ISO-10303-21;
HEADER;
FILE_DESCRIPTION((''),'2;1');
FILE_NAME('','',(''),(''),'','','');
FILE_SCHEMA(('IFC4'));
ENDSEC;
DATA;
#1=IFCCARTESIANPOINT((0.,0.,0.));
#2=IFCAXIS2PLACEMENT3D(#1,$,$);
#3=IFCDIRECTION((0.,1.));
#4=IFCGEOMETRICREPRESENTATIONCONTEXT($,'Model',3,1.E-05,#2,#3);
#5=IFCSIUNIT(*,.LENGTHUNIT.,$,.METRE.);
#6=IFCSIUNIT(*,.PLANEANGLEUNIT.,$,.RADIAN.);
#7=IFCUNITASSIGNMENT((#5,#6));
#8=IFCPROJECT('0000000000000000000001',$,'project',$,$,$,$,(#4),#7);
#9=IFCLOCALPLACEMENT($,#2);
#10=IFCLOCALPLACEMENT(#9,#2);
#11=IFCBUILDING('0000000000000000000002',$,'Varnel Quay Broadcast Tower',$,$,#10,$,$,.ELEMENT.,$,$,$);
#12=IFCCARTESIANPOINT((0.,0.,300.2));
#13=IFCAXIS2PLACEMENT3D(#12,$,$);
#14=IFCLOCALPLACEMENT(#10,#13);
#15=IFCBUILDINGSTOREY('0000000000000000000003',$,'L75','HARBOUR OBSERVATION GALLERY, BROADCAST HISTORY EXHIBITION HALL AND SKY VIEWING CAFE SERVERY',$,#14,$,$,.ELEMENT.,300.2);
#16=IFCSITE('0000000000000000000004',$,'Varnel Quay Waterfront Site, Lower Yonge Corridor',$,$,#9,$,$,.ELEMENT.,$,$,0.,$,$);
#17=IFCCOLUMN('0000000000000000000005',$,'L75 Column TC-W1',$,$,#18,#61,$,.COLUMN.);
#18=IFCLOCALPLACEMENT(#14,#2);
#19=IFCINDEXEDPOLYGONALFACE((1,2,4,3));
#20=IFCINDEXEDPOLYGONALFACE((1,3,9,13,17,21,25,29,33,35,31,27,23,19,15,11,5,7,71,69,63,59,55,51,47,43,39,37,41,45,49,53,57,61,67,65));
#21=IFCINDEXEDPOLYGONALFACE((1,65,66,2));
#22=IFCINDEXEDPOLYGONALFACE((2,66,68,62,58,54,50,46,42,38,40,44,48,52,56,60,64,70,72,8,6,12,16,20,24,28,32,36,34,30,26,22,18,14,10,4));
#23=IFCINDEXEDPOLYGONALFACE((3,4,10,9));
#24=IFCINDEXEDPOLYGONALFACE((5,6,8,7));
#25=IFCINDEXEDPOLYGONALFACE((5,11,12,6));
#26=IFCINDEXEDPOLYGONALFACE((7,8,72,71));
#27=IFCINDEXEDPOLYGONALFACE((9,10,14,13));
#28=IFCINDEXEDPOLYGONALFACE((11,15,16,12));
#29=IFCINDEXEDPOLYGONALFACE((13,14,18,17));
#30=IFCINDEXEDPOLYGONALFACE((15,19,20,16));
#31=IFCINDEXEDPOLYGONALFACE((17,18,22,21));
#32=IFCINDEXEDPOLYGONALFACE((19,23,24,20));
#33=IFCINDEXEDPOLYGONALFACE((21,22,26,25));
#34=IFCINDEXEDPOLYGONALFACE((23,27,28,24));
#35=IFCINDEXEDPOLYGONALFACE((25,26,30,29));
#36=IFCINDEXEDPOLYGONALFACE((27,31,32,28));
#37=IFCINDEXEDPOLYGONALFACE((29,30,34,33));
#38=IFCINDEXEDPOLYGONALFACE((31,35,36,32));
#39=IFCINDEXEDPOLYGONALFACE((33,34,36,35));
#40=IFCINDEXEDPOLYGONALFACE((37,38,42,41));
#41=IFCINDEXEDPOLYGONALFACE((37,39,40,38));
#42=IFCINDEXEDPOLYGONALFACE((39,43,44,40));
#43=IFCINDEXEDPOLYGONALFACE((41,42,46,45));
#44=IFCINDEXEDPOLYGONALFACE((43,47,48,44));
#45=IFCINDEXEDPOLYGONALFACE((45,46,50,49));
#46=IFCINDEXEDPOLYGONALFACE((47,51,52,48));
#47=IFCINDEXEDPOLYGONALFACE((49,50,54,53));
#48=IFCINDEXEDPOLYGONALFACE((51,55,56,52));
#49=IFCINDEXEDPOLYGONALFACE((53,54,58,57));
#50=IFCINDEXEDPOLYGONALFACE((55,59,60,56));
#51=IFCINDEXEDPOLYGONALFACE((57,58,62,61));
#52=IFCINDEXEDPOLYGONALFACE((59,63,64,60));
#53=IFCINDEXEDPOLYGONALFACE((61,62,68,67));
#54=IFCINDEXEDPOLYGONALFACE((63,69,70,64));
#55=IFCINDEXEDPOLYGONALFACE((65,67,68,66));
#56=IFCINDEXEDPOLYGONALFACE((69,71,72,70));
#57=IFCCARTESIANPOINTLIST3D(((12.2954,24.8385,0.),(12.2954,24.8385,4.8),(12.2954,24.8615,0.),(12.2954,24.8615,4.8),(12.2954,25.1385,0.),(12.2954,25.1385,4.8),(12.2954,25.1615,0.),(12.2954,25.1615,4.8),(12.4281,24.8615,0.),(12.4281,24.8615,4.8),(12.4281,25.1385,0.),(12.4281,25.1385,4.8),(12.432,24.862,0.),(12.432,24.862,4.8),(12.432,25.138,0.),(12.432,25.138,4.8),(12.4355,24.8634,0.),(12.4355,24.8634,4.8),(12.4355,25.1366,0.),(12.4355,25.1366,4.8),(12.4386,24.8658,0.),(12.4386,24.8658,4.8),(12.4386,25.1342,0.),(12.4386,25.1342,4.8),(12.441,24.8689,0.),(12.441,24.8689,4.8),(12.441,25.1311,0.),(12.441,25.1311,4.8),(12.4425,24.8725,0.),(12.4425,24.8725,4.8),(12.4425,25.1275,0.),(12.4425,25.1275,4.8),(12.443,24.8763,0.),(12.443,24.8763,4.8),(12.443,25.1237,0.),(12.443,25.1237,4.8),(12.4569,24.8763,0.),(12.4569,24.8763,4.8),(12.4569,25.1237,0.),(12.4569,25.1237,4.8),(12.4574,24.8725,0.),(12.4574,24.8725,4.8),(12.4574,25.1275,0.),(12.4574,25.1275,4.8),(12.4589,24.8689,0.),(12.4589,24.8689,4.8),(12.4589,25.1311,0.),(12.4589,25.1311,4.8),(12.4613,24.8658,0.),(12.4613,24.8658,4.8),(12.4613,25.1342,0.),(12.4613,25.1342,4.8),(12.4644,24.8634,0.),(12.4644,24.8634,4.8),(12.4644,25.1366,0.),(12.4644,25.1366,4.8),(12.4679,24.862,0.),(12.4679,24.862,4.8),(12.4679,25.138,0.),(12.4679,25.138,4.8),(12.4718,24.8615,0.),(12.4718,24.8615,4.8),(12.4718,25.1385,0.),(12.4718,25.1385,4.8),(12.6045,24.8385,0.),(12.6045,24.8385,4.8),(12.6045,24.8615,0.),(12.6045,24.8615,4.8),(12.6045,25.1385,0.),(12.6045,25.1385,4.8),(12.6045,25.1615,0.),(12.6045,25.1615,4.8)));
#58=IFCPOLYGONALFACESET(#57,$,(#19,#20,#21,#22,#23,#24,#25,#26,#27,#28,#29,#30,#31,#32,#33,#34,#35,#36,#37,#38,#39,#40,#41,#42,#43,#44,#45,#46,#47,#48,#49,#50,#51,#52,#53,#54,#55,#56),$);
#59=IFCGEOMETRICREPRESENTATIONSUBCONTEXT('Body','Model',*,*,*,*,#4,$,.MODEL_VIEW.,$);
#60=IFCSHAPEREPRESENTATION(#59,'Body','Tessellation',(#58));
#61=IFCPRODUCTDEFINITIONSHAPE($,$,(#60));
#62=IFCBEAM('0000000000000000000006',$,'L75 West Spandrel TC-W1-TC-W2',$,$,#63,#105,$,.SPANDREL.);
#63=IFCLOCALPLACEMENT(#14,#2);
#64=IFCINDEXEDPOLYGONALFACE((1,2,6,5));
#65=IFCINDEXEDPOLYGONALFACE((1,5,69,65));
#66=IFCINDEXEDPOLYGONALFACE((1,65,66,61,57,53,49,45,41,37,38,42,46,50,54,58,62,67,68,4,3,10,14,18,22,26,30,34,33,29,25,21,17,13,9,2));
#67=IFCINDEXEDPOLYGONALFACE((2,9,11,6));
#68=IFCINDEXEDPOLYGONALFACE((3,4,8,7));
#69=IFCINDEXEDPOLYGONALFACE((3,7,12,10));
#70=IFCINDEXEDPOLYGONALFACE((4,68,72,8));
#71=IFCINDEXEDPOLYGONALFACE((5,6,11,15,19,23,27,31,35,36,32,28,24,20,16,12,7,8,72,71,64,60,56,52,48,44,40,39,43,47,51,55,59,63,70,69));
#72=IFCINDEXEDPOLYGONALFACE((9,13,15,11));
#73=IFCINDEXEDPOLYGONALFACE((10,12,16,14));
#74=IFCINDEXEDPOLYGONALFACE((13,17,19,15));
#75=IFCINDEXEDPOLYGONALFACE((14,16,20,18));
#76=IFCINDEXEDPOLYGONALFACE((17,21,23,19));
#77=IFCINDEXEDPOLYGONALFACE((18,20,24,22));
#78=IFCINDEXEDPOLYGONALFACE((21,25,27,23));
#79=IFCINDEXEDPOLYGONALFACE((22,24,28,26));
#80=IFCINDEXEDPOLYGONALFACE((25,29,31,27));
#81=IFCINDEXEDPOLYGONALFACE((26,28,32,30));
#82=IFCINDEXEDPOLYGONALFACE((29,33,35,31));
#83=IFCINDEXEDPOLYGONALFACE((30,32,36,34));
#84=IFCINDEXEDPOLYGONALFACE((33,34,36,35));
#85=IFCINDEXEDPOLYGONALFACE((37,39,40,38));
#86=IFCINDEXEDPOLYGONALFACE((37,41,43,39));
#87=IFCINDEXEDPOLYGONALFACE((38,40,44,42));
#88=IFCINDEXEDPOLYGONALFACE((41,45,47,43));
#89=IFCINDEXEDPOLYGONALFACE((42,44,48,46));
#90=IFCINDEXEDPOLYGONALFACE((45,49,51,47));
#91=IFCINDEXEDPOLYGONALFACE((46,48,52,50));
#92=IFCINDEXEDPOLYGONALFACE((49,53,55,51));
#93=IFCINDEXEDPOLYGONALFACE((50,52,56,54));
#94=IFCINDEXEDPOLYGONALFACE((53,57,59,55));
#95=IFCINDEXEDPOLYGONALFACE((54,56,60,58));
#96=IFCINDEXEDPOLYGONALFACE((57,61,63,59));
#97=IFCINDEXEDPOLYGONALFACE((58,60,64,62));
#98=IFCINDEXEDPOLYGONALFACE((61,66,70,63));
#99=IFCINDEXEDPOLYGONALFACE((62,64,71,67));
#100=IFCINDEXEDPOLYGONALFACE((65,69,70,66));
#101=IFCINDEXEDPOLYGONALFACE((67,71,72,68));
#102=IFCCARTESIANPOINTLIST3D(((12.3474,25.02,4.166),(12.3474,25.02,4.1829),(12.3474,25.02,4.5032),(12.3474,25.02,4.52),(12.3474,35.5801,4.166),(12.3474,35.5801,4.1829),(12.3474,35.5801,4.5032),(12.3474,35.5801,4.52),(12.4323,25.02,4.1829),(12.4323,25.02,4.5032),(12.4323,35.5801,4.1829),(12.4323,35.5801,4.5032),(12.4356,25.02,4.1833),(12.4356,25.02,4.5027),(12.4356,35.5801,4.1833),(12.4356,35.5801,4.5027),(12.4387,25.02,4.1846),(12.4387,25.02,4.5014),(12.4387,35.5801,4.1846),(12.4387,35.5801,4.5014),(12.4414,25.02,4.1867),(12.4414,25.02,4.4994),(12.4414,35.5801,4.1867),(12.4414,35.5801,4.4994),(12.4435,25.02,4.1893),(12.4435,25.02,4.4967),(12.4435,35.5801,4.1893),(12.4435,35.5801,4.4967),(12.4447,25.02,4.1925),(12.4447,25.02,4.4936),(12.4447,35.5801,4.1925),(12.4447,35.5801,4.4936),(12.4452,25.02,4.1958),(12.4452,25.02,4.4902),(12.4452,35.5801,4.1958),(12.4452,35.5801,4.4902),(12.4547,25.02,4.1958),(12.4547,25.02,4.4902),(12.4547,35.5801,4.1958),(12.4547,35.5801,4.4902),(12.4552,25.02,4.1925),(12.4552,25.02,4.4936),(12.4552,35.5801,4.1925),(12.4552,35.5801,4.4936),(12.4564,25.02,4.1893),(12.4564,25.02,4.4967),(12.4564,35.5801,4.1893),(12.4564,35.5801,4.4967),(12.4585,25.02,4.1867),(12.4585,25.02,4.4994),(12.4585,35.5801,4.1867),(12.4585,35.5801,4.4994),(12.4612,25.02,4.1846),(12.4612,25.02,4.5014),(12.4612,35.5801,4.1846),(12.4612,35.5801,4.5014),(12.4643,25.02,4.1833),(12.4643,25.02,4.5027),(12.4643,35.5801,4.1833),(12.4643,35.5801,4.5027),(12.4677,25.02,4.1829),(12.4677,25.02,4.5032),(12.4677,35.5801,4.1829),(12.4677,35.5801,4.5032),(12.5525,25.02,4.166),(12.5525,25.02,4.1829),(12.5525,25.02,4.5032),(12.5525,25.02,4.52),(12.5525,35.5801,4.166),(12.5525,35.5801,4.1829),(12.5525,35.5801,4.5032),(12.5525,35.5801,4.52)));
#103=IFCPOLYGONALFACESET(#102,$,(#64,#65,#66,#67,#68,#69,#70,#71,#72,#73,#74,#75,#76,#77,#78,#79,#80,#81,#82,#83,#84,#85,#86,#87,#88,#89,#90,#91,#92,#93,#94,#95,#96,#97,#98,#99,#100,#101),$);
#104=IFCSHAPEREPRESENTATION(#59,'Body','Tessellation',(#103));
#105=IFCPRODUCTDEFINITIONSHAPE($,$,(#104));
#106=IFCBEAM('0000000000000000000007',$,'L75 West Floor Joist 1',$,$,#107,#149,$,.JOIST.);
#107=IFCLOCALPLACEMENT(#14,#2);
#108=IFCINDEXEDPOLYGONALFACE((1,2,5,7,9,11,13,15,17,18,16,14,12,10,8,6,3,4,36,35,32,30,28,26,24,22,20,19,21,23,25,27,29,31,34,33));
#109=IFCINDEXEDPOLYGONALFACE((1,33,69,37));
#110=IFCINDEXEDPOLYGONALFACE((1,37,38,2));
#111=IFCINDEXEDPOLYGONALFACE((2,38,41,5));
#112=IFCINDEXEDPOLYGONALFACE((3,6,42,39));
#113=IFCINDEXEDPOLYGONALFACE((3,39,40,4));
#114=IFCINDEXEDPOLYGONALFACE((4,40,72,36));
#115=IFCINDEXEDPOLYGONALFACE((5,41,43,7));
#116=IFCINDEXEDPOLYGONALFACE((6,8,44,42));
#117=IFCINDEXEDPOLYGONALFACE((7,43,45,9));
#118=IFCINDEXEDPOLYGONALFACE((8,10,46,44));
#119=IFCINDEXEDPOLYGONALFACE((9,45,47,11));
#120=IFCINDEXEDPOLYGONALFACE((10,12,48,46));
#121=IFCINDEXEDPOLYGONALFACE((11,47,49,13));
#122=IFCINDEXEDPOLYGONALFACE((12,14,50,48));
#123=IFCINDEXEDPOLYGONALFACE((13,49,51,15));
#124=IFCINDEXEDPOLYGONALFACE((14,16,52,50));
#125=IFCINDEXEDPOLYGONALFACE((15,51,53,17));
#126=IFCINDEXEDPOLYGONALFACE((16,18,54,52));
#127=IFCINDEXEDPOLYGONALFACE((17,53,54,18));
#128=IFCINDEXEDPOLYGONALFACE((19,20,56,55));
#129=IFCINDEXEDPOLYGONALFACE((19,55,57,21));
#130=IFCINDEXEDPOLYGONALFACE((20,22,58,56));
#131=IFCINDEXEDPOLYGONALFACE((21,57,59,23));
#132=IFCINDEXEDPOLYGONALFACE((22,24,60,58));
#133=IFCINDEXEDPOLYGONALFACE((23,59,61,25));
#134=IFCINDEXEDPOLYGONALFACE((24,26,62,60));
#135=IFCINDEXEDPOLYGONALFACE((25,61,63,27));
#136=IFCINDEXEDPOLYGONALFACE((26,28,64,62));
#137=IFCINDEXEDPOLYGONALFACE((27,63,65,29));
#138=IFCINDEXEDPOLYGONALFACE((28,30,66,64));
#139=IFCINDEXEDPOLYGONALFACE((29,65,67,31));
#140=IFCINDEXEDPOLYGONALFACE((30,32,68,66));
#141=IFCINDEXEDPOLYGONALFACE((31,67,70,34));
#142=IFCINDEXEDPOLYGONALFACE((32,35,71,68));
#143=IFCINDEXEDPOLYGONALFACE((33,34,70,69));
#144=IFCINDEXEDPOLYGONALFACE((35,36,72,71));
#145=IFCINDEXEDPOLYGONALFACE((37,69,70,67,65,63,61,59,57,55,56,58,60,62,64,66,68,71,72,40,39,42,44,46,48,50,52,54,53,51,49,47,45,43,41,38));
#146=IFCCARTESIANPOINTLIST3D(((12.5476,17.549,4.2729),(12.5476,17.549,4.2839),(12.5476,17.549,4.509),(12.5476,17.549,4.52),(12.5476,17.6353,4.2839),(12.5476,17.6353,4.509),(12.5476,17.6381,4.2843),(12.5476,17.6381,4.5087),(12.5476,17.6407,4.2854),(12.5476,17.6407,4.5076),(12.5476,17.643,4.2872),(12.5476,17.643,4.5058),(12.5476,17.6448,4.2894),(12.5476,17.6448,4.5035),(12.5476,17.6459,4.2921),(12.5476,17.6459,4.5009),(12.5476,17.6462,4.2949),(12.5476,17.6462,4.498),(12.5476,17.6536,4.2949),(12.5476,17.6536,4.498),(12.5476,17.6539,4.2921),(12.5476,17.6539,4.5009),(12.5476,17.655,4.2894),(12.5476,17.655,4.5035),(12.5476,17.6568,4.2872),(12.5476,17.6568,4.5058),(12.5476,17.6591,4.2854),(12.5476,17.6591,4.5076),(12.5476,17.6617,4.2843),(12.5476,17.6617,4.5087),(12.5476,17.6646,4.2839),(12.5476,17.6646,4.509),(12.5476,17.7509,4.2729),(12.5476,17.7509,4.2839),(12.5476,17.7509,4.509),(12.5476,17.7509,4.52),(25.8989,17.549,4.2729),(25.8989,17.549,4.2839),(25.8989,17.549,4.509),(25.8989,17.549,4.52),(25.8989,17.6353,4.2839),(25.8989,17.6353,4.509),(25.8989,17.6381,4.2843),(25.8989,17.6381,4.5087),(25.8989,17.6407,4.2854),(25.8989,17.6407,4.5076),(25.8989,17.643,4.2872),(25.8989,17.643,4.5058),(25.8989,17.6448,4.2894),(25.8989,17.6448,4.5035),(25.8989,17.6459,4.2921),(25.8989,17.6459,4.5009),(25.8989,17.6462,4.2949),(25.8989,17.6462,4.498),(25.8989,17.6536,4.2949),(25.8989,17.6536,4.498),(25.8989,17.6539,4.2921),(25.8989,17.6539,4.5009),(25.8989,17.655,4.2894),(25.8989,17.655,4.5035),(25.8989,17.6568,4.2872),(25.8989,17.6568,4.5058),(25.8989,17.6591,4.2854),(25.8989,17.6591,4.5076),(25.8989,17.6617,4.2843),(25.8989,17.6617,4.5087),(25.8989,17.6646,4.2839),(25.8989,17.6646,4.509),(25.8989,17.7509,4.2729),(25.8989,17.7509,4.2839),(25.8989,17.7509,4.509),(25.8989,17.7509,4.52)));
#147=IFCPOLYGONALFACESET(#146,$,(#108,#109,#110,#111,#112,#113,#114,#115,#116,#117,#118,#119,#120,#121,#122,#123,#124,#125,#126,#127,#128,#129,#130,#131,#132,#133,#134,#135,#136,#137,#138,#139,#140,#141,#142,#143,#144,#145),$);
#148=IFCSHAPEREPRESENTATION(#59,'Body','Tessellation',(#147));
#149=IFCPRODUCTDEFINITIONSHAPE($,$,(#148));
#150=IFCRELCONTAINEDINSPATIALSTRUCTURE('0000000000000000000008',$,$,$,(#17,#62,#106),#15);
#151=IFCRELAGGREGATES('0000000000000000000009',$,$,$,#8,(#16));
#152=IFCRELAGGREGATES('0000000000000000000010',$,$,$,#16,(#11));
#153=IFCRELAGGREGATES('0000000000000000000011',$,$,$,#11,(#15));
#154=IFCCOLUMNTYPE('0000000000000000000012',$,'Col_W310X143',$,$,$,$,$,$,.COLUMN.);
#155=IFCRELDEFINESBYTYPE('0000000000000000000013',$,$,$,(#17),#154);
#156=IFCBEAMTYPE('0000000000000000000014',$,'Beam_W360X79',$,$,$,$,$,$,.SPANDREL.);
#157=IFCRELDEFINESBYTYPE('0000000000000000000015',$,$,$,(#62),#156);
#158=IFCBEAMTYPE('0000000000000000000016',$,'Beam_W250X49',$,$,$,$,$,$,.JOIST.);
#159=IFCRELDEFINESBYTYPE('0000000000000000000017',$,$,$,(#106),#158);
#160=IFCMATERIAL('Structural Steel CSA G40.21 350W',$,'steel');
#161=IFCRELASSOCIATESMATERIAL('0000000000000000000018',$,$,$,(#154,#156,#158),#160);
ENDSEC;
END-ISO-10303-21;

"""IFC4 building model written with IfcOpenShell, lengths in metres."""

from ifc_helpers import new_model, si_unit, direction, frame, origin, origin_2d, place, context, subcontext, project, spatial, i_section, extrude, source, transform, mapped, material, material_profile, profile_set, type_object, type_shapes, element, save


model = new_model("IFC4")

# Units and contexts
model_context = context("Model", 3, precision=1e-05, world=origin(), true_north=direction((0.0, 1.0)))
body_context = subcontext(model_context, "Body", "Model", "MODEL_VIEW")
ifc_project = project(units=[si_unit("LENGTHUNIT", "METRE"), si_unit("PLANEANGLEUNIT", "RADIAN")], contexts=[model_context])

# Site, building, storey
site_placement = place(None, origin())
site = spatial("IfcSite", under=ifc_project, at=site_placement, Name="Varnel Quay Waterfront Site, Lower Yonge Corridor", CompositionType="ELEMENT", RefElevation=0.0)
building_placement = place(site_placement, origin())
building = spatial("IfcBuilding", under=site, at=building_placement, Name="Varnel Quay Broadcast Tower", CompositionType="ELEMENT")
storey_placement = place(building_placement, frame((0.0, 0.0, 300.2)))
storey = spatial("IfcBuildingStorey", under=building, at=storey_placement, Name="L75", Description="HARBOUR OBSERVATION GALLERY, BROADCAST HISTORY EXHIBITION HALL AND SKY VIEWING CAFE SERVERY", CompositionType="ELEMENT", Elevation=300.2)

# Column
ifc_material_1 = material(Name="Structural Steel CSA G40.21 350W", Category="steel")
ifc_material_profile_1 = material_profile(ifc_material_1, i_section(OverallWidth=0.3091, OverallDepth=0.323, WebThickness=0.0139, FlangeThickness=0.0229, FilletRadius=0.0149, at=origin_2d()), Name="W310X143")
ifc_profile_set_1 = profile_set([ifc_material_profile_1], Name="Structural Steel CSA G40.21 350W")
column_type = type_object("IfcColumnType", Name="Col_W310X143", PredefinedType="COLUMN", material=ifc_profile_set_1)
shared_shape_1 = source(origin(), body_context, "Body", "SweptSolid", [
    extrude(i_section(OverallWidth=0.3091, OverallDepth=0.323, WebThickness=0.0139, FlangeThickness=0.0229, FilletRadius=0.0149, at=origin_2d()), origin(), (0.0, 0.0, 1.0), 4.8),
])
type_shapes(column_type, [shared_shape_1])
column_placement = place(storey_placement, frame((12.45, 25.0, 0.0), z_axis=(0.0, 0.0, 1.0), x_axis=(1.0, 0.0, 0.0)))
element("IfcColumn", 1, at=column_placement, inside=storey, type_object=column_type, Name="L75 Column TC-W1", PredefinedType="COLUMN", context=body_context, shape_type="MappedRepresentation", body=[
    mapped(shared_shape_1, transform((0.0, 0.0, 0.0), x_axis=(1.0, 0.0, 0.0), y_axis=(0.0, 1.0, 0.0), z_axis=(0.0, 0.0, 1.0), scale=1.0)),
])

# Beams
ifc_material_profile_2 = material_profile(ifc_material_1, i_section(OverallWidth=0.2051, OverallDepth=0.354, WebThickness=0.0095, FlangeThickness=0.0168, FilletRadius=0.0129, at=origin_2d()), Name="W360X79")
ifc_profile_set_2 = profile_set([ifc_material_profile_2], Name="Structural Steel CSA G40.21 350W")
beam_type_1 = type_object("IfcBeamType", Name="Beam_W360X79", PredefinedType="SPANDREL", material=ifc_profile_set_2)
shared_shape_2 = source(origin(), body_context, "Body", "SweptSolid", [
    extrude(i_section(OverallWidth=0.2051, OverallDepth=0.354, WebThickness=0.0095, FlangeThickness=0.0168, FilletRadius=0.0129, at=origin_2d()), origin(), (0.0, 0.0, 1.0), 10.5601),
])
type_shapes(beam_type_1, [shared_shape_2])
beam_1_placement = place(storey_placement, frame((12.45, 25.02, 4.343), z_axis=(0.0, 1.0, 0.0), x_axis=(-1.0, 0.0, 0.0)))
element("IfcBeam", 2, at=beam_1_placement, inside=storey, type_object=beam_type_1, Name="L75 West Spandrel TC-W1-TC-W2", PredefinedType="SPANDREL", context=body_context, shape_type="MappedRepresentation", body=[
    mapped(shared_shape_2, transform((0.0, 0.0, 0.0), x_axis=(1.0, 0.0, 0.0), y_axis=(0.0, 1.0, 0.0), z_axis=(0.0, 0.0, 1.0), scale=1.0)),
])
ifc_material_profile_3 = material_profile(ifc_material_1, i_section(OverallWidth=0.2019, OverallDepth=0.2471, WebThickness=0.0073, FlangeThickness=0.011, FilletRadius=0.011, at=origin_2d()), Name="W250X49")
ifc_profile_set_3 = profile_set([ifc_material_profile_3], Name="Structural Steel CSA G40.21 350W")
beam_type_2 = type_object("IfcBeamType", Name="Beam_W250X49", PredefinedType="JOIST", material=ifc_profile_set_3)
shared_shape_3 = source(origin(), body_context, "Body", "SweptSolid", [
    extrude(i_section(OverallWidth=0.2019, OverallDepth=0.2471, WebThickness=0.0073, FlangeThickness=0.011, FilletRadius=0.011, at=origin_2d()), origin(), (0.0, 0.0, 1.0), 13.3513),
])
type_shapes(beam_type_2, [shared_shape_3])
beam_2_placement = place(storey_placement, frame((12.5476, 17.6499, 4.3965), z_axis=(1.0, 0.0, 0.0), x_axis=(0.0, 1.0, 0.0)))
element("IfcBeam", 3, at=beam_2_placement, inside=storey, type_object=beam_type_2, Name="L75 West Floor Joist 1", PredefinedType="JOIST", context=body_context, shape_type="MappedRepresentation", body=[
    mapped(shared_shape_3, transform((0.0, 0.0, 0.0), x_axis=(1.0, 0.0, 0.0), y_axis=(0.0, 1.0, 0.0), z_axis=(0.0, 0.0, 1.0), scale=1.0)),
])

save(model, "model.ifc")
